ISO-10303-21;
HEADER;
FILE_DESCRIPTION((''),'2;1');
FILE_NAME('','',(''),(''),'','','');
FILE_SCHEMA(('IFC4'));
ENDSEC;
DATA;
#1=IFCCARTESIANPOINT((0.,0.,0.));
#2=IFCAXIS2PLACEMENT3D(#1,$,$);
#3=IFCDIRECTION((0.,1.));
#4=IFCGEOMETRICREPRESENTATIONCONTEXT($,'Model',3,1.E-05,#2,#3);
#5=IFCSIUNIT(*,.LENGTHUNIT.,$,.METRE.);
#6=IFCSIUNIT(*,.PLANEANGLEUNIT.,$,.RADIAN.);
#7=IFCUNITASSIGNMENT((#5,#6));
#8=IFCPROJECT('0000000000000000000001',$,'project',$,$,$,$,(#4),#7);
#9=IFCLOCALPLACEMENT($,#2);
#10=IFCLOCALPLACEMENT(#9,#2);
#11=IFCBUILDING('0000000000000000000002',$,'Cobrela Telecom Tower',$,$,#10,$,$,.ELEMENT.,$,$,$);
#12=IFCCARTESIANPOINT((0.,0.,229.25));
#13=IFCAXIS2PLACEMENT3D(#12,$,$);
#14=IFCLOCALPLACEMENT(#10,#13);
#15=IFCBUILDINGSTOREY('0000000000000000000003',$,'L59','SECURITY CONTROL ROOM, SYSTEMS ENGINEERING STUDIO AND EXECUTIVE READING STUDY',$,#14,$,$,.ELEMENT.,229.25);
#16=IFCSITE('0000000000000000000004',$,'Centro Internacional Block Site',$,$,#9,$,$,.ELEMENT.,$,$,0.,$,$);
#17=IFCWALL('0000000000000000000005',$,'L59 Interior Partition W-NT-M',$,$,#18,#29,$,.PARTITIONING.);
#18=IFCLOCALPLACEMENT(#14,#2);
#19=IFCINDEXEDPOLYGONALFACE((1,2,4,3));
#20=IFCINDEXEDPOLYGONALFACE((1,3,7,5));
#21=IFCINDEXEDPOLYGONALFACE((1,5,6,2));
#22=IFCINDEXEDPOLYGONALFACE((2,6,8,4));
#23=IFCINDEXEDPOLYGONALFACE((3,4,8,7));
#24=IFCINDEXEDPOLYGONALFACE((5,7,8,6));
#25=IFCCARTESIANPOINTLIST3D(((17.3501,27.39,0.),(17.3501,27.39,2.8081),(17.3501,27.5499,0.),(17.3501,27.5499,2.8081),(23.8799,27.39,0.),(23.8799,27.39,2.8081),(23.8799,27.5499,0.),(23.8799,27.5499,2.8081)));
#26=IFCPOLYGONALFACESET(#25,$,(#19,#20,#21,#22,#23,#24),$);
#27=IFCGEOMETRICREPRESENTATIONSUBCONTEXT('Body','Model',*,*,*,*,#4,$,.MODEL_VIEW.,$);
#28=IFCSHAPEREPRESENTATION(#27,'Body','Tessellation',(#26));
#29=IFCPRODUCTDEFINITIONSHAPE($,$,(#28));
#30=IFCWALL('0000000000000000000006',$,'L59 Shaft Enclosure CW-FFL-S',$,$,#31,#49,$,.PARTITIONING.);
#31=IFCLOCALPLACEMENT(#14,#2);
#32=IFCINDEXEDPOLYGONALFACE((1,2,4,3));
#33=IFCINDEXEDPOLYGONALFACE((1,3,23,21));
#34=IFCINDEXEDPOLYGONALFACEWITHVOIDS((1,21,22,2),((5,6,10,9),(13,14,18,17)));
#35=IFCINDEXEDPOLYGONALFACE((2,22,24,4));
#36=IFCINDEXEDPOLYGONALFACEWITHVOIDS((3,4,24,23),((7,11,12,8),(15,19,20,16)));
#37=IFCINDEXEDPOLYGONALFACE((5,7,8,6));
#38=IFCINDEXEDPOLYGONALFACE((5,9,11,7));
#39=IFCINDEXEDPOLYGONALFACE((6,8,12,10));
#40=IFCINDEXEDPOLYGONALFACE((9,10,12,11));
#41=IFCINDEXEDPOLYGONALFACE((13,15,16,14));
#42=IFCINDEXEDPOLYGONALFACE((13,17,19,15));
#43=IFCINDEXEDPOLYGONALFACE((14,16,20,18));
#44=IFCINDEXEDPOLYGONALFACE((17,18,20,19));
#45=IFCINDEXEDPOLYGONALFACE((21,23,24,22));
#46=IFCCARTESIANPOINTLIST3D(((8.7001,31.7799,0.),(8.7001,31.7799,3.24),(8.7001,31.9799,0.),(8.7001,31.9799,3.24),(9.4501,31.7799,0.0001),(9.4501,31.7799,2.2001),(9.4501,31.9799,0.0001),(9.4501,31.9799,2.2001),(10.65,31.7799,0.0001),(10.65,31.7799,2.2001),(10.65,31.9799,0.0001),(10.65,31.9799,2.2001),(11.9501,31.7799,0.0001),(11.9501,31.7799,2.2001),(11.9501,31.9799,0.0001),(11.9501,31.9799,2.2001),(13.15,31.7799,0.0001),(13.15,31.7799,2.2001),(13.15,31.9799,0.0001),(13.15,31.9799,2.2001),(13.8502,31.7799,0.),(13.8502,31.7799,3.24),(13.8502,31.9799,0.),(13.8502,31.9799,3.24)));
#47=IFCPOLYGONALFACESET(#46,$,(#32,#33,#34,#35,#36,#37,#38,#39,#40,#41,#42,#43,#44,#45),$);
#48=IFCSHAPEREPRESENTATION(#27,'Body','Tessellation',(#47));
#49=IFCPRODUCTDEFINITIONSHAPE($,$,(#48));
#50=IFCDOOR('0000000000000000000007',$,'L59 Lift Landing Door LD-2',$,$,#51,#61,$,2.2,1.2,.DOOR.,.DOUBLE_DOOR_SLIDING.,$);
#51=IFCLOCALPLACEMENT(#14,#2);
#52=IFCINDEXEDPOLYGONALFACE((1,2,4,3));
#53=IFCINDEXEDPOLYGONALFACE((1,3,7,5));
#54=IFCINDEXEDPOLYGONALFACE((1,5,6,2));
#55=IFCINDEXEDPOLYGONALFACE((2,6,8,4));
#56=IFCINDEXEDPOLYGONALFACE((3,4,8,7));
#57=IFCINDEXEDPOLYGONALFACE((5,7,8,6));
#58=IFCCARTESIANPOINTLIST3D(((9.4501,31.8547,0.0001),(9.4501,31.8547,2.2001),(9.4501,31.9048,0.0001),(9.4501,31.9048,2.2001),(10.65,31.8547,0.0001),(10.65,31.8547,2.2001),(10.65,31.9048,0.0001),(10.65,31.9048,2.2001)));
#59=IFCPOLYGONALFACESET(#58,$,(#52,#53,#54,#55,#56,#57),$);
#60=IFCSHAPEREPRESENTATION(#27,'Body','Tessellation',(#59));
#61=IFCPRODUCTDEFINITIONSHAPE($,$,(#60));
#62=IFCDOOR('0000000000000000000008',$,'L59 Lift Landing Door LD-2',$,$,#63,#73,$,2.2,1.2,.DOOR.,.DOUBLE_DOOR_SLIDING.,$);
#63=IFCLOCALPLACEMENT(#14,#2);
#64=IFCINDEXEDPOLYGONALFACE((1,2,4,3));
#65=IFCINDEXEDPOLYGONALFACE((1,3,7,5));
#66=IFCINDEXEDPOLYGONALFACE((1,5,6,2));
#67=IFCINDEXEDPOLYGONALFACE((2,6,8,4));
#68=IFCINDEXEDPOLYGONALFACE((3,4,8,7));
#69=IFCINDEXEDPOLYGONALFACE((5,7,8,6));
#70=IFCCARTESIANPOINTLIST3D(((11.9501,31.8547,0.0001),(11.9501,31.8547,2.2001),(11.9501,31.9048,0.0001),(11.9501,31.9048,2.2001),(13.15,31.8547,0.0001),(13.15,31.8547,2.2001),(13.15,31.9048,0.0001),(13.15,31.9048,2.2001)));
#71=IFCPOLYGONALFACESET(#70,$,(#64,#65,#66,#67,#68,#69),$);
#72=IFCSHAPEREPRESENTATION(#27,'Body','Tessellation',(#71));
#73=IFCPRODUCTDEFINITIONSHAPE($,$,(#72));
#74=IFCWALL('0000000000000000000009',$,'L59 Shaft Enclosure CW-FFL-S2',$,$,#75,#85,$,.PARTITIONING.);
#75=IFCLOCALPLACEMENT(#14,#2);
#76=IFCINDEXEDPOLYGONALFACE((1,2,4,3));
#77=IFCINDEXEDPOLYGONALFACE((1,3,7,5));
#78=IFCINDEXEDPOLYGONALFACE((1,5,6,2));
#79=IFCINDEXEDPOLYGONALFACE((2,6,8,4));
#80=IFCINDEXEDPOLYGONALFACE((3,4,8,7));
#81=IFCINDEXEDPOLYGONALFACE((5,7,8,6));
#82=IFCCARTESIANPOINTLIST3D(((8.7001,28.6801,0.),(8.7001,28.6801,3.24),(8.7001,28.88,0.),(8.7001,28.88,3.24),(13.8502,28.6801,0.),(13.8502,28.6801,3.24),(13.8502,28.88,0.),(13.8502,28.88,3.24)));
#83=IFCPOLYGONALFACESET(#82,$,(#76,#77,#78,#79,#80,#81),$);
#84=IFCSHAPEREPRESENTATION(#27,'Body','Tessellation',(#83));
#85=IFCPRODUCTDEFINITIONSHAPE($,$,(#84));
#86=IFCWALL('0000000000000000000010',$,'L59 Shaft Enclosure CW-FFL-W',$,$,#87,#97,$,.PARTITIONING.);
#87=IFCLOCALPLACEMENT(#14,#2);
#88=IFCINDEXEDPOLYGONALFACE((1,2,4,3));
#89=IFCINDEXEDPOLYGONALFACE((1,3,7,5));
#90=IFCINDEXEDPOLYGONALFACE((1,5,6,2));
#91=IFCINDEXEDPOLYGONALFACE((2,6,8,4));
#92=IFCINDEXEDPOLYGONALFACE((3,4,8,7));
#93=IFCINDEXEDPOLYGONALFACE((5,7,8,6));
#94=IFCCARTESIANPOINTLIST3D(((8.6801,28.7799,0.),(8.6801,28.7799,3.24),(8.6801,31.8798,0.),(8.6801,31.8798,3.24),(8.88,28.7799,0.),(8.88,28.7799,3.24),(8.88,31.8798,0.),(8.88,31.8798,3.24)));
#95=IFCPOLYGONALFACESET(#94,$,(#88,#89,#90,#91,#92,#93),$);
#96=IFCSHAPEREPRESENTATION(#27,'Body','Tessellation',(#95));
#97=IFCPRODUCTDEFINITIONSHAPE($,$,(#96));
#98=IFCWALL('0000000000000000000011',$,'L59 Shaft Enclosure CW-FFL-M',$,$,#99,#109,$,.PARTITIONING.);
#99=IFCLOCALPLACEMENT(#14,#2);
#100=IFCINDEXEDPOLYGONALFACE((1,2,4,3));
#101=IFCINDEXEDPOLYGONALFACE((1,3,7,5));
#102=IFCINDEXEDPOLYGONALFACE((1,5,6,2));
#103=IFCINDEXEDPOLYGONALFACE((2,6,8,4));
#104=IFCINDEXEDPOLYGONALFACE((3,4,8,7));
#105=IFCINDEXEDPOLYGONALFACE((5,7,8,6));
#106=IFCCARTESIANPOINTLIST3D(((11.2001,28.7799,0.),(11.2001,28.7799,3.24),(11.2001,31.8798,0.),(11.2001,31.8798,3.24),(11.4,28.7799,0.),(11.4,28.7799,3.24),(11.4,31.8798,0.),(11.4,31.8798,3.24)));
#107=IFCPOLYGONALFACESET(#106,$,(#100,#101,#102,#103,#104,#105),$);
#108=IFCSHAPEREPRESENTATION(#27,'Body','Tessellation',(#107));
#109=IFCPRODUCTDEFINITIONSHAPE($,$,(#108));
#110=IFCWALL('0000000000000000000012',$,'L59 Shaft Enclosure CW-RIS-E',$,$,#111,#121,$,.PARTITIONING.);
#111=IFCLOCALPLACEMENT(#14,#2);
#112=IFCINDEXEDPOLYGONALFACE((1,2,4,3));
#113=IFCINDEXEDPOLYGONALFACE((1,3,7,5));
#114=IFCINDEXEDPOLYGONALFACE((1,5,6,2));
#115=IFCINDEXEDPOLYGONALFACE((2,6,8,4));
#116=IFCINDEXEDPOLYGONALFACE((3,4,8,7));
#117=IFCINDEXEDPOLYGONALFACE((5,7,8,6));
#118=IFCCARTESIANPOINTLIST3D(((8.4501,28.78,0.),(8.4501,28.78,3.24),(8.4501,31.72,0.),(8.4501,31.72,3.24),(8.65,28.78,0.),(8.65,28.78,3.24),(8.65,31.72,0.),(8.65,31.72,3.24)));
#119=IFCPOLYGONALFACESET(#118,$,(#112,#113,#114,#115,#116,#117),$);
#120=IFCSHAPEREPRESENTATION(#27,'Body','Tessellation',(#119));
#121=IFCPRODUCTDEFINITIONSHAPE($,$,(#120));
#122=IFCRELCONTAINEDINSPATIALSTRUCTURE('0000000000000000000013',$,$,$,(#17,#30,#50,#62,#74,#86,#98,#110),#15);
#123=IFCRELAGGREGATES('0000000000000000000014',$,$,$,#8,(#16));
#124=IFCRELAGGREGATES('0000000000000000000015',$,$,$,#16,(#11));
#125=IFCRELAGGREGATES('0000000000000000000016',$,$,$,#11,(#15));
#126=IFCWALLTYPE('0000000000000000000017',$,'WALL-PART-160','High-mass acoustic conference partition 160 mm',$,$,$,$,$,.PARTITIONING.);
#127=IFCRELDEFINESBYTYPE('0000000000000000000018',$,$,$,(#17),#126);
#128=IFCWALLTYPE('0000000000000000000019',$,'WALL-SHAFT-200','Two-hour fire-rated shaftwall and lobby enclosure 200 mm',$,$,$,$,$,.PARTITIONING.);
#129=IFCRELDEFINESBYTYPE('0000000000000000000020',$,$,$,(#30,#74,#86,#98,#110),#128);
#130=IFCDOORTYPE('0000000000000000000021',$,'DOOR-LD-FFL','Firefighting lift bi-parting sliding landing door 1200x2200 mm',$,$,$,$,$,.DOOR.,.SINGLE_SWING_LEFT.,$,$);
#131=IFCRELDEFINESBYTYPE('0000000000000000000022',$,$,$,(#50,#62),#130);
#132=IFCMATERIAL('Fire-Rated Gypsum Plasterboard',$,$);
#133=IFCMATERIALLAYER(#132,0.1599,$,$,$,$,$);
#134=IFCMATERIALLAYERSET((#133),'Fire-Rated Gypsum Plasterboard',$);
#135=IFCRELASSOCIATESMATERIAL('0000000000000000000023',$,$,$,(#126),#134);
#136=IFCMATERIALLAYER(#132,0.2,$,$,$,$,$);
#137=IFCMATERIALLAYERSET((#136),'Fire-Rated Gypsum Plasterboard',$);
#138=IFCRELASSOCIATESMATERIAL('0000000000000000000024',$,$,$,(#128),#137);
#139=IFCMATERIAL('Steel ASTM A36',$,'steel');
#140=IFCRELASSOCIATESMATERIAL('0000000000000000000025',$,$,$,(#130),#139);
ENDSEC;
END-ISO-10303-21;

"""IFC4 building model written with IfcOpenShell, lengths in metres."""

from ifc_helpers import new_model, si_unit, direction, frame, frame_2d, origin, place, context, subcontext, project, spatial, rectangle, extrude, material, layer, layer_set, type_object, element, fill, save


model = new_model("IFC4")

# Units and contexts
model_context = context("Model", 3, precision=1e-05, world=origin(), true_north=direction((0.0, 1.0)))
body_context = subcontext(model_context, "Body", "Model", "MODEL_VIEW")
ifc_project = project(units=[si_unit("LENGTHUNIT", "METRE"), si_unit("PLANEANGLEUNIT", "RADIAN")], contexts=[model_context])

# Site, building, storey
site_placement = place(None, origin())
site = spatial("IfcSite", under=ifc_project, at=site_placement, Name="Centro Internacional Block Site", CompositionType="ELEMENT", RefElevation=0.0)
building_placement = place(site_placement, origin())
building = spatial("IfcBuilding", under=site, at=building_placement, Name="Cobrela Telecom Tower", CompositionType="ELEMENT")
storey_placement = place(building_placement, frame((0.0, 0.0, 229.25)))
storey = spatial("IfcBuildingStorey", under=building, at=storey_placement, Name="L59", Description="SECURITY CONTROL ROOM, SYSTEMS ENGINEERING STUDIO AND EXECUTIVE READING STUDY", CompositionType="ELEMENT", Elevation=229.25)

# Shared definitions
ifc_material_1 = material(Name="Steel ASTM A36", Category="steel")

# Shared definitions
ifc_material_2 = material(Name="Fire-Rated Gypsum Plasterboard")

# Shared definitions
ifc_layer_1 = layer(ifc_material_2, 0.1599)
ifc_layer_set_1 = layer_set([ifc_layer_1], Name="Fire-Rated Gypsum Plasterboard")
wall_type_1 = type_object("IfcWallType", Name="WALL-PART-160", Description="High-mass acoustic conference partition 160 mm", PredefinedType="PARTITIONING", material=ifc_layer_set_1)

# Wall
wall_1_placement = place(storey_placement, frame((17.3501, 27.47, 0.0), z_axis=(0.0, 0.0, 1.0), x_axis=(1.0, 0.0, 0.0)))
element("IfcWall", 1, at=wall_1_placement, inside=storey, type_object=wall_type_1, Name="L59 Interior Partition W-NT-M", PredefinedType="PARTITIONING", context=body_context, shape_type="SweptSolid", body=[
    extrude(rectangle(XDim=6.5298, YDim=0.1599, at=frame_2d((3.2649, 0.0))), origin(), (0.0, 0.0, 1.0), 2.8081),
])

# Wall, openings, doors
ifc_layer_2 = layer(ifc_material_2, 0.2)
ifc_layer_set_2 = layer_set([ifc_layer_2], Name="Fire-Rated Gypsum Plasterboard")
wall_type_2 = type_object("IfcWallType", Name="WALL-SHAFT-200", Description="Two-hour fire-rated shaftwall and lobby enclosure 200 mm", PredefinedType="PARTITIONING", material=ifc_layer_set_2)
wall_2_placement = place(storey_placement, frame((8.7, 31.8799, 0.0), z_axis=(0.0, 0.0, 1.0), x_axis=(1.0, 0.0, 0.0)))
wall_2 = element("IfcWall", 2, at=wall_2_placement, inside=storey, type_object=wall_type_2, Name="L59 Shaft Enclosure CW-FFL-S", PredefinedType="PARTITIONING", context=body_context, shape_type="SweptSolid", body=[
    extrude(rectangle(XDim=5.1501, YDim=0.2, at=frame_2d((2.5752, 0.0))), origin(), (0.0, 0.0, 1.0), 3.24),
])
opening_1_placement = place(wall_2_placement, frame((0.75, 0.0, 0.0)))
opening_1 = element("IfcOpeningElement", 3, at=opening_1_placement, cuts=wall_2, PredefinedType="OPENING", context=body_context, shape_type="SweptSolid", body=[
    extrude(rectangle(XDim=1.2, YDim=2.2, at=frame_2d((0.6001, 1.1001))), frame((0.0, 0.1118, 0.0), z_axis=(0.0, -1.0, 0.0), x_axis=(1.0, 0.0, 0.0)), (0.0, 0.0, 1.0), 0.2239),
])
opening_2_placement = place(wall_2_placement, frame((3.25, 0.0, 0.0)))
opening_2 = element("IfcOpeningElement", 4, at=opening_2_placement, cuts=wall_2, PredefinedType="OPENING", context=body_context, shape_type="SweptSolid", body=[
    extrude(rectangle(XDim=1.2, YDim=2.2, at=frame_2d((0.6001, 1.1001))), frame((0.0, 0.1118, 0.0), z_axis=(0.0, -1.0, 0.0), x_axis=(1.0, 0.0, 0.0)), (0.0, 0.0, 1.0), 0.2239),
])
door_type_1 = type_object("IfcDoorType", Name="DOOR-LD-FFL", Description="Firefighting lift bi-parting sliding landing door 1200x2200 mm", OperationType="SINGLE_SWING_LEFT", PredefinedType="DOOR", material=ifc_material_1)
door_1_placement = place(opening_1_placement, origin())
door_1 = element("IfcDoor", 5, at=door_1_placement, inside=storey, type_object=door_type_1, Name="L59 Lift Landing Door LD-2", OperationType="DOUBLE_DOOR_SLIDING", OverallHeight=2.2, OverallWidth=1.2, PredefinedType="DOOR", context=body_context, shape_type="SweptSolid", body=[
    extrude(rectangle(XDim=1.2, YDim=2.2, at=frame_2d((0.6001, 1.1001))), frame((0.0, 0.0249, 0.0), z_axis=(0.0, -1.0, 0.0), x_axis=(1.0, 0.0, 0.0)), (0.0, 0.0, 1.0), 0.05),
])
fill(opening_1, door_1)
door_2_placement = place(opening_2_placement, origin())
door_2 = element("IfcDoor", 6, at=door_2_placement, inside=storey, type_object=door_type_1, Name="L59 Lift Landing Door LD-2", OperationType="DOUBLE_DOOR_SLIDING", OverallHeight=2.2, OverallWidth=1.2, PredefinedType="DOOR", context=body_context, shape_type="SweptSolid", body=[
    extrude(rectangle(XDim=1.2, YDim=2.2, at=frame_2d((0.6001, 1.1001))), frame((0.0, 0.0249, 0.0), z_axis=(0.0, -1.0, 0.0), x_axis=(1.0, 0.0, 0.0)), (0.0, 0.0, 1.0), 0.05),
])
fill(opening_2, door_2)

# Walls
wall_3_placement = place(storey_placement, frame((8.7, 28.78, 0.0), z_axis=(0.0, 0.0, 1.0), x_axis=(1.0, 0.0, 0.0)))
element("IfcWall", 7, at=wall_3_placement, inside=storey, type_object=wall_type_2, Name="L59 Shaft Enclosure CW-FFL-S2", PredefinedType="PARTITIONING", context=body_context, shape_type="SweptSolid", body=[
    extrude(rectangle(XDim=5.1501, YDim=0.2, at=frame_2d((2.5752, 0.0))), origin(), (0.0, 0.0, 1.0), 3.24),
])
for number, where, z_axis, x_axis, name in (
    (8, (8.78, 28.78, 0.0), (0.0, 0.0, 1.0), (0.0, 1.0, 0.0), "L59 Shaft Enclosure CW-FFL-W"),
    (9, (11.3, 28.78, 0.0), (0.0, 0.0, 1.0), (0.0, 1.0, 0.0), "L59 Shaft Enclosure CW-FFL-M"),
):
    element("IfcWall", number, at=place(storey_placement, frame(where, z_axis=z_axis, x_axis=x_axis)), inside=storey, type_object=wall_type_2, Name=name, PredefinedType="PARTITIONING", context=body_context, shape_type="SweptSolid", body=[
        extrude(rectangle(XDim=3.0999, YDim=0.2, at=frame_2d((1.5498, 0.0))), origin(), (0.0, 0.0, 1.0), 3.24),
    ])
wall_4_placement = place(storey_placement, frame((8.55, 28.78, 0.0), z_axis=(0.0, 0.0, 1.0), x_axis=(0.0, 1.0, 0.0)))
element("IfcWall", 10, at=wall_4_placement, inside=storey, type_object=wall_type_2, Name="L59 Shaft Enclosure CW-RIS-E", PredefinedType="PARTITIONING", context=body_context, shape_type="SweptSolid", body=[
    extrude(rectangle(XDim=2.9399, YDim=0.2, at=frame_2d((1.47, 0.0))), origin(), (0.0, 0.0, 1.0), 3.24),
])

save(model, "model.ifc")
